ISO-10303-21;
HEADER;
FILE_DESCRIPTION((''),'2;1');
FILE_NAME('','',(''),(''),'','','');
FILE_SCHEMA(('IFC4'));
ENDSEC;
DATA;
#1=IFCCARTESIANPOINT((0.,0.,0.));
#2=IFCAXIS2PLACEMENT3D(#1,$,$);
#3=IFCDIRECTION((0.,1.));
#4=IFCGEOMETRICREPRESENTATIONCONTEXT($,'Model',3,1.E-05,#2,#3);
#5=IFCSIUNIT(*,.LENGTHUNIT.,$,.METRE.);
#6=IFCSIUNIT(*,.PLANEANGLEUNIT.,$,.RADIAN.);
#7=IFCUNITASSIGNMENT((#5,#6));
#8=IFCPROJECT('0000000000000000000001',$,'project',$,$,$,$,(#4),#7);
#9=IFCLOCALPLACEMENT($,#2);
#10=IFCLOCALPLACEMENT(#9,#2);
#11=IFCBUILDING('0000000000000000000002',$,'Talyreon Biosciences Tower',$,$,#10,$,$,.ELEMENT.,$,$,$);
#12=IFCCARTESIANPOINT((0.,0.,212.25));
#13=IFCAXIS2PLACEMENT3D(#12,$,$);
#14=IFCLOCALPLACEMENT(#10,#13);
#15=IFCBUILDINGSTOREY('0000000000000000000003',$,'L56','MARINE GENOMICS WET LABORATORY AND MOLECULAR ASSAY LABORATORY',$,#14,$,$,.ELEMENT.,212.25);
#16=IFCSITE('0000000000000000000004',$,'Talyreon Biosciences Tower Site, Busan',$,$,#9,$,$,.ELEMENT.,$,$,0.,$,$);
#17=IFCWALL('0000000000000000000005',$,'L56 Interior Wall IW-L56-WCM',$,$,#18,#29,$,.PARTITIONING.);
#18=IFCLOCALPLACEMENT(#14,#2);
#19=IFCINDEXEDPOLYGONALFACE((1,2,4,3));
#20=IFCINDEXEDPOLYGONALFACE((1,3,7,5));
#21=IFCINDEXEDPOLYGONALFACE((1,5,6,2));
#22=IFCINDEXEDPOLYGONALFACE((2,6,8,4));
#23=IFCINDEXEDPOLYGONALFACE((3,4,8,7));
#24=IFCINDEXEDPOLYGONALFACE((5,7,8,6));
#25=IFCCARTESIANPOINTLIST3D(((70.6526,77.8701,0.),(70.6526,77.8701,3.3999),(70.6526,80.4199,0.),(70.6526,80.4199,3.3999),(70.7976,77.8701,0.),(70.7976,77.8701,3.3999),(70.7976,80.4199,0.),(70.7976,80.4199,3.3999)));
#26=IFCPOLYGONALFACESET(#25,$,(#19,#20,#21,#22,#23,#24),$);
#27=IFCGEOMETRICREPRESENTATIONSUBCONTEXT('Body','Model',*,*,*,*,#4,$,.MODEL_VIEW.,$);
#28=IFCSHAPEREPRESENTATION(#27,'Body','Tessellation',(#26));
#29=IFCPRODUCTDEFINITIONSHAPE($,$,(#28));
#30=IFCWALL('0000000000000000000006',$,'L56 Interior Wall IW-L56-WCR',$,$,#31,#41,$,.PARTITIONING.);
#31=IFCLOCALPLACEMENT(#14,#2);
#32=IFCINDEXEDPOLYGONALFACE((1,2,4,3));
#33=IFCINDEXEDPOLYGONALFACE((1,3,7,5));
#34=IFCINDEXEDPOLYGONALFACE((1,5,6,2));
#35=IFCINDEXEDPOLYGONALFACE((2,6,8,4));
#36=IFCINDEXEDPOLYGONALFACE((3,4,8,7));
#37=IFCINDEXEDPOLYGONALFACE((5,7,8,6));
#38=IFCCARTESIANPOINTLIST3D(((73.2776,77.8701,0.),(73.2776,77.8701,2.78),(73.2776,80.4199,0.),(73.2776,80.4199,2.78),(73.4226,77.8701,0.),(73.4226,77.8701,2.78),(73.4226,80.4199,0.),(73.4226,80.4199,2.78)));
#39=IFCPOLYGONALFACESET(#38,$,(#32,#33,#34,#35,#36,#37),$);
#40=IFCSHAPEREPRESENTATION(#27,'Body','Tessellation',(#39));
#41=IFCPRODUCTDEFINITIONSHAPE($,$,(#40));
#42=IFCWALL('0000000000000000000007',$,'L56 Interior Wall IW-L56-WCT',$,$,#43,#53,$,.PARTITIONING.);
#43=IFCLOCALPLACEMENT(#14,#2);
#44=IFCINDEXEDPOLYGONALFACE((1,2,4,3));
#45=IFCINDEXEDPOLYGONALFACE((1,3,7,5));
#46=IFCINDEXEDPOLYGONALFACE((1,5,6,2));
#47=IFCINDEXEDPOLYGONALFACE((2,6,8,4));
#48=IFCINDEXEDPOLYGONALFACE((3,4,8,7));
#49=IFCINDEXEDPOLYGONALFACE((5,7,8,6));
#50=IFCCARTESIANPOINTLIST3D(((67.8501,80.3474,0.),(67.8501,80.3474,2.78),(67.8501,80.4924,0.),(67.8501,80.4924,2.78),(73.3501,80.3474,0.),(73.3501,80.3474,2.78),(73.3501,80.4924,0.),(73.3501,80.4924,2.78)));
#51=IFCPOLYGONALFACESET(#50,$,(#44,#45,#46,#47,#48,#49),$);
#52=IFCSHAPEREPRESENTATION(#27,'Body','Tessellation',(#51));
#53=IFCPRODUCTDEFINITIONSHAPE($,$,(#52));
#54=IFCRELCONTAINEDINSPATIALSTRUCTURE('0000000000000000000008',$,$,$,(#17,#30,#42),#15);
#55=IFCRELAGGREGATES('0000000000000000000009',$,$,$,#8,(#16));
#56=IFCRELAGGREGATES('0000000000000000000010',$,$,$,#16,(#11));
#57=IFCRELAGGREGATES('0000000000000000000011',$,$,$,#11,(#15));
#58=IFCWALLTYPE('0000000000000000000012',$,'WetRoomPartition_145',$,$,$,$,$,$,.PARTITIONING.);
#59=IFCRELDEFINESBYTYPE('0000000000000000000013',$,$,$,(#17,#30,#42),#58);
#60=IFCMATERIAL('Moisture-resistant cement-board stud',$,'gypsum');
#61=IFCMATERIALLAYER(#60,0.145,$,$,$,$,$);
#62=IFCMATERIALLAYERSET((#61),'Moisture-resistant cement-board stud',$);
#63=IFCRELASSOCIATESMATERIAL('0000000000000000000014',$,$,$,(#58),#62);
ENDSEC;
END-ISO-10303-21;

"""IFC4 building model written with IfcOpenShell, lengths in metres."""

from ifc_helpers import new_model, si_unit, direction, frame, frame_2d, origin, place, context, subcontext, project, spatial, rectangle, extrude, material, layer, layer_set, type_object, element, save


model = new_model("IFC4")

# Units and contexts
model_context = context("Model", 3, precision=1e-05, world=origin(), true_north=direction((0.0, 1.0)))
body_context = subcontext(model_context, "Body", "Model", "MODEL_VIEW")
ifc_project = project(units=[si_unit("LENGTHUNIT", "METRE"), si_unit("PLANEANGLEUNIT", "RADIAN")], contexts=[model_context])

# Site, building, storey
site_placement = place(None, origin())
site = spatial("IfcSite", under=ifc_project, at=site_placement, Name="Talyreon Biosciences Tower Site, Busan", CompositionType="ELEMENT", RefElevation=0.0)
building_placement = place(site_placement, origin())
building = spatial("IfcBuilding", under=site, at=building_placement, Name="Talyreon Biosciences Tower", CompositionType="ELEMENT")
storey_placement = place(building_placement, frame((0.0, 0.0, 212.25)))
storey = spatial("IfcBuildingStorey", under=building, at=storey_placement, Name="L56", Description="MARINE GENOMICS WET LABORATORY AND MOLECULAR ASSAY LABORATORY", CompositionType="ELEMENT", Elevation=212.25)

# Walls
ifc_material_1 = material(Name="Moisture-resistant cement-board stud", Category="gypsum")
ifc_layer_1 = layer(ifc_material_1, 0.145)
ifc_layer_set_1 = layer_set([ifc_layer_1], Name="Moisture-resistant cement-board stud")
wall_type_1 = type_object("IfcWallType", Name="WetRoomPartition_145", PredefinedType="PARTITIONING", material=ifc_layer_set_1)
wall_1_placement = place(storey_placement, frame((70.7251, 77.8701, 0.0), z_axis=(0.0, 0.0, 1.0), x_axis=(0.0, 1.0, 0.0)))
element("IfcWall", 1, at=wall_1_placement, inside=storey, type_object=wall_type_1, Name="L56 Interior Wall IW-L56-WCM", PredefinedType="PARTITIONING", context=body_context, shape_type="SweptSolid", body=[
    extrude(rectangle(XDim=2.5498, YDim=0.145, at=frame_2d((1.2749, 0.0))), origin(), (0.0, 0.0, 1.0), 3.3999),
])
wall_2_placement = place(storey_placement, frame((73.3501, 77.8701, 0.0), z_axis=(0.0, 0.0, 1.0), x_axis=(0.0, 1.0, 0.0)))
element("IfcWall", 2, at=wall_2_placement, inside=storey, type_object=wall_type_1, Name="L56 Interior Wall IW-L56-WCR", PredefinedType="PARTITIONING", context=body_context, shape_type="SweptSolid", body=[
    extrude(rectangle(XDim=2.5498, YDim=0.145, at=frame_2d((1.2749, 0.0))), origin(), (0.0, 0.0, 1.0), 2.78),
])
wall_3_placement = place(storey_placement, frame((67.8501, 80.4199, 0.0), z_axis=(0.0, 0.0, 1.0), x_axis=(1.0, 0.0, 0.0)))
element("IfcWall", 3, at=wall_3_placement, inside=storey, type_object=wall_type_1, Name="L56 Interior Wall IW-L56-WCT", PredefinedType="PARTITIONING", context=body_context, shape_type="SweptSolid", body=[
    extrude(rectangle(XDim=5.5, YDim=0.145, at=frame_2d((2.75, 0.0))), origin(), (0.0, 0.0, 1.0), 2.78),
])

save(model, "model.ifc")
